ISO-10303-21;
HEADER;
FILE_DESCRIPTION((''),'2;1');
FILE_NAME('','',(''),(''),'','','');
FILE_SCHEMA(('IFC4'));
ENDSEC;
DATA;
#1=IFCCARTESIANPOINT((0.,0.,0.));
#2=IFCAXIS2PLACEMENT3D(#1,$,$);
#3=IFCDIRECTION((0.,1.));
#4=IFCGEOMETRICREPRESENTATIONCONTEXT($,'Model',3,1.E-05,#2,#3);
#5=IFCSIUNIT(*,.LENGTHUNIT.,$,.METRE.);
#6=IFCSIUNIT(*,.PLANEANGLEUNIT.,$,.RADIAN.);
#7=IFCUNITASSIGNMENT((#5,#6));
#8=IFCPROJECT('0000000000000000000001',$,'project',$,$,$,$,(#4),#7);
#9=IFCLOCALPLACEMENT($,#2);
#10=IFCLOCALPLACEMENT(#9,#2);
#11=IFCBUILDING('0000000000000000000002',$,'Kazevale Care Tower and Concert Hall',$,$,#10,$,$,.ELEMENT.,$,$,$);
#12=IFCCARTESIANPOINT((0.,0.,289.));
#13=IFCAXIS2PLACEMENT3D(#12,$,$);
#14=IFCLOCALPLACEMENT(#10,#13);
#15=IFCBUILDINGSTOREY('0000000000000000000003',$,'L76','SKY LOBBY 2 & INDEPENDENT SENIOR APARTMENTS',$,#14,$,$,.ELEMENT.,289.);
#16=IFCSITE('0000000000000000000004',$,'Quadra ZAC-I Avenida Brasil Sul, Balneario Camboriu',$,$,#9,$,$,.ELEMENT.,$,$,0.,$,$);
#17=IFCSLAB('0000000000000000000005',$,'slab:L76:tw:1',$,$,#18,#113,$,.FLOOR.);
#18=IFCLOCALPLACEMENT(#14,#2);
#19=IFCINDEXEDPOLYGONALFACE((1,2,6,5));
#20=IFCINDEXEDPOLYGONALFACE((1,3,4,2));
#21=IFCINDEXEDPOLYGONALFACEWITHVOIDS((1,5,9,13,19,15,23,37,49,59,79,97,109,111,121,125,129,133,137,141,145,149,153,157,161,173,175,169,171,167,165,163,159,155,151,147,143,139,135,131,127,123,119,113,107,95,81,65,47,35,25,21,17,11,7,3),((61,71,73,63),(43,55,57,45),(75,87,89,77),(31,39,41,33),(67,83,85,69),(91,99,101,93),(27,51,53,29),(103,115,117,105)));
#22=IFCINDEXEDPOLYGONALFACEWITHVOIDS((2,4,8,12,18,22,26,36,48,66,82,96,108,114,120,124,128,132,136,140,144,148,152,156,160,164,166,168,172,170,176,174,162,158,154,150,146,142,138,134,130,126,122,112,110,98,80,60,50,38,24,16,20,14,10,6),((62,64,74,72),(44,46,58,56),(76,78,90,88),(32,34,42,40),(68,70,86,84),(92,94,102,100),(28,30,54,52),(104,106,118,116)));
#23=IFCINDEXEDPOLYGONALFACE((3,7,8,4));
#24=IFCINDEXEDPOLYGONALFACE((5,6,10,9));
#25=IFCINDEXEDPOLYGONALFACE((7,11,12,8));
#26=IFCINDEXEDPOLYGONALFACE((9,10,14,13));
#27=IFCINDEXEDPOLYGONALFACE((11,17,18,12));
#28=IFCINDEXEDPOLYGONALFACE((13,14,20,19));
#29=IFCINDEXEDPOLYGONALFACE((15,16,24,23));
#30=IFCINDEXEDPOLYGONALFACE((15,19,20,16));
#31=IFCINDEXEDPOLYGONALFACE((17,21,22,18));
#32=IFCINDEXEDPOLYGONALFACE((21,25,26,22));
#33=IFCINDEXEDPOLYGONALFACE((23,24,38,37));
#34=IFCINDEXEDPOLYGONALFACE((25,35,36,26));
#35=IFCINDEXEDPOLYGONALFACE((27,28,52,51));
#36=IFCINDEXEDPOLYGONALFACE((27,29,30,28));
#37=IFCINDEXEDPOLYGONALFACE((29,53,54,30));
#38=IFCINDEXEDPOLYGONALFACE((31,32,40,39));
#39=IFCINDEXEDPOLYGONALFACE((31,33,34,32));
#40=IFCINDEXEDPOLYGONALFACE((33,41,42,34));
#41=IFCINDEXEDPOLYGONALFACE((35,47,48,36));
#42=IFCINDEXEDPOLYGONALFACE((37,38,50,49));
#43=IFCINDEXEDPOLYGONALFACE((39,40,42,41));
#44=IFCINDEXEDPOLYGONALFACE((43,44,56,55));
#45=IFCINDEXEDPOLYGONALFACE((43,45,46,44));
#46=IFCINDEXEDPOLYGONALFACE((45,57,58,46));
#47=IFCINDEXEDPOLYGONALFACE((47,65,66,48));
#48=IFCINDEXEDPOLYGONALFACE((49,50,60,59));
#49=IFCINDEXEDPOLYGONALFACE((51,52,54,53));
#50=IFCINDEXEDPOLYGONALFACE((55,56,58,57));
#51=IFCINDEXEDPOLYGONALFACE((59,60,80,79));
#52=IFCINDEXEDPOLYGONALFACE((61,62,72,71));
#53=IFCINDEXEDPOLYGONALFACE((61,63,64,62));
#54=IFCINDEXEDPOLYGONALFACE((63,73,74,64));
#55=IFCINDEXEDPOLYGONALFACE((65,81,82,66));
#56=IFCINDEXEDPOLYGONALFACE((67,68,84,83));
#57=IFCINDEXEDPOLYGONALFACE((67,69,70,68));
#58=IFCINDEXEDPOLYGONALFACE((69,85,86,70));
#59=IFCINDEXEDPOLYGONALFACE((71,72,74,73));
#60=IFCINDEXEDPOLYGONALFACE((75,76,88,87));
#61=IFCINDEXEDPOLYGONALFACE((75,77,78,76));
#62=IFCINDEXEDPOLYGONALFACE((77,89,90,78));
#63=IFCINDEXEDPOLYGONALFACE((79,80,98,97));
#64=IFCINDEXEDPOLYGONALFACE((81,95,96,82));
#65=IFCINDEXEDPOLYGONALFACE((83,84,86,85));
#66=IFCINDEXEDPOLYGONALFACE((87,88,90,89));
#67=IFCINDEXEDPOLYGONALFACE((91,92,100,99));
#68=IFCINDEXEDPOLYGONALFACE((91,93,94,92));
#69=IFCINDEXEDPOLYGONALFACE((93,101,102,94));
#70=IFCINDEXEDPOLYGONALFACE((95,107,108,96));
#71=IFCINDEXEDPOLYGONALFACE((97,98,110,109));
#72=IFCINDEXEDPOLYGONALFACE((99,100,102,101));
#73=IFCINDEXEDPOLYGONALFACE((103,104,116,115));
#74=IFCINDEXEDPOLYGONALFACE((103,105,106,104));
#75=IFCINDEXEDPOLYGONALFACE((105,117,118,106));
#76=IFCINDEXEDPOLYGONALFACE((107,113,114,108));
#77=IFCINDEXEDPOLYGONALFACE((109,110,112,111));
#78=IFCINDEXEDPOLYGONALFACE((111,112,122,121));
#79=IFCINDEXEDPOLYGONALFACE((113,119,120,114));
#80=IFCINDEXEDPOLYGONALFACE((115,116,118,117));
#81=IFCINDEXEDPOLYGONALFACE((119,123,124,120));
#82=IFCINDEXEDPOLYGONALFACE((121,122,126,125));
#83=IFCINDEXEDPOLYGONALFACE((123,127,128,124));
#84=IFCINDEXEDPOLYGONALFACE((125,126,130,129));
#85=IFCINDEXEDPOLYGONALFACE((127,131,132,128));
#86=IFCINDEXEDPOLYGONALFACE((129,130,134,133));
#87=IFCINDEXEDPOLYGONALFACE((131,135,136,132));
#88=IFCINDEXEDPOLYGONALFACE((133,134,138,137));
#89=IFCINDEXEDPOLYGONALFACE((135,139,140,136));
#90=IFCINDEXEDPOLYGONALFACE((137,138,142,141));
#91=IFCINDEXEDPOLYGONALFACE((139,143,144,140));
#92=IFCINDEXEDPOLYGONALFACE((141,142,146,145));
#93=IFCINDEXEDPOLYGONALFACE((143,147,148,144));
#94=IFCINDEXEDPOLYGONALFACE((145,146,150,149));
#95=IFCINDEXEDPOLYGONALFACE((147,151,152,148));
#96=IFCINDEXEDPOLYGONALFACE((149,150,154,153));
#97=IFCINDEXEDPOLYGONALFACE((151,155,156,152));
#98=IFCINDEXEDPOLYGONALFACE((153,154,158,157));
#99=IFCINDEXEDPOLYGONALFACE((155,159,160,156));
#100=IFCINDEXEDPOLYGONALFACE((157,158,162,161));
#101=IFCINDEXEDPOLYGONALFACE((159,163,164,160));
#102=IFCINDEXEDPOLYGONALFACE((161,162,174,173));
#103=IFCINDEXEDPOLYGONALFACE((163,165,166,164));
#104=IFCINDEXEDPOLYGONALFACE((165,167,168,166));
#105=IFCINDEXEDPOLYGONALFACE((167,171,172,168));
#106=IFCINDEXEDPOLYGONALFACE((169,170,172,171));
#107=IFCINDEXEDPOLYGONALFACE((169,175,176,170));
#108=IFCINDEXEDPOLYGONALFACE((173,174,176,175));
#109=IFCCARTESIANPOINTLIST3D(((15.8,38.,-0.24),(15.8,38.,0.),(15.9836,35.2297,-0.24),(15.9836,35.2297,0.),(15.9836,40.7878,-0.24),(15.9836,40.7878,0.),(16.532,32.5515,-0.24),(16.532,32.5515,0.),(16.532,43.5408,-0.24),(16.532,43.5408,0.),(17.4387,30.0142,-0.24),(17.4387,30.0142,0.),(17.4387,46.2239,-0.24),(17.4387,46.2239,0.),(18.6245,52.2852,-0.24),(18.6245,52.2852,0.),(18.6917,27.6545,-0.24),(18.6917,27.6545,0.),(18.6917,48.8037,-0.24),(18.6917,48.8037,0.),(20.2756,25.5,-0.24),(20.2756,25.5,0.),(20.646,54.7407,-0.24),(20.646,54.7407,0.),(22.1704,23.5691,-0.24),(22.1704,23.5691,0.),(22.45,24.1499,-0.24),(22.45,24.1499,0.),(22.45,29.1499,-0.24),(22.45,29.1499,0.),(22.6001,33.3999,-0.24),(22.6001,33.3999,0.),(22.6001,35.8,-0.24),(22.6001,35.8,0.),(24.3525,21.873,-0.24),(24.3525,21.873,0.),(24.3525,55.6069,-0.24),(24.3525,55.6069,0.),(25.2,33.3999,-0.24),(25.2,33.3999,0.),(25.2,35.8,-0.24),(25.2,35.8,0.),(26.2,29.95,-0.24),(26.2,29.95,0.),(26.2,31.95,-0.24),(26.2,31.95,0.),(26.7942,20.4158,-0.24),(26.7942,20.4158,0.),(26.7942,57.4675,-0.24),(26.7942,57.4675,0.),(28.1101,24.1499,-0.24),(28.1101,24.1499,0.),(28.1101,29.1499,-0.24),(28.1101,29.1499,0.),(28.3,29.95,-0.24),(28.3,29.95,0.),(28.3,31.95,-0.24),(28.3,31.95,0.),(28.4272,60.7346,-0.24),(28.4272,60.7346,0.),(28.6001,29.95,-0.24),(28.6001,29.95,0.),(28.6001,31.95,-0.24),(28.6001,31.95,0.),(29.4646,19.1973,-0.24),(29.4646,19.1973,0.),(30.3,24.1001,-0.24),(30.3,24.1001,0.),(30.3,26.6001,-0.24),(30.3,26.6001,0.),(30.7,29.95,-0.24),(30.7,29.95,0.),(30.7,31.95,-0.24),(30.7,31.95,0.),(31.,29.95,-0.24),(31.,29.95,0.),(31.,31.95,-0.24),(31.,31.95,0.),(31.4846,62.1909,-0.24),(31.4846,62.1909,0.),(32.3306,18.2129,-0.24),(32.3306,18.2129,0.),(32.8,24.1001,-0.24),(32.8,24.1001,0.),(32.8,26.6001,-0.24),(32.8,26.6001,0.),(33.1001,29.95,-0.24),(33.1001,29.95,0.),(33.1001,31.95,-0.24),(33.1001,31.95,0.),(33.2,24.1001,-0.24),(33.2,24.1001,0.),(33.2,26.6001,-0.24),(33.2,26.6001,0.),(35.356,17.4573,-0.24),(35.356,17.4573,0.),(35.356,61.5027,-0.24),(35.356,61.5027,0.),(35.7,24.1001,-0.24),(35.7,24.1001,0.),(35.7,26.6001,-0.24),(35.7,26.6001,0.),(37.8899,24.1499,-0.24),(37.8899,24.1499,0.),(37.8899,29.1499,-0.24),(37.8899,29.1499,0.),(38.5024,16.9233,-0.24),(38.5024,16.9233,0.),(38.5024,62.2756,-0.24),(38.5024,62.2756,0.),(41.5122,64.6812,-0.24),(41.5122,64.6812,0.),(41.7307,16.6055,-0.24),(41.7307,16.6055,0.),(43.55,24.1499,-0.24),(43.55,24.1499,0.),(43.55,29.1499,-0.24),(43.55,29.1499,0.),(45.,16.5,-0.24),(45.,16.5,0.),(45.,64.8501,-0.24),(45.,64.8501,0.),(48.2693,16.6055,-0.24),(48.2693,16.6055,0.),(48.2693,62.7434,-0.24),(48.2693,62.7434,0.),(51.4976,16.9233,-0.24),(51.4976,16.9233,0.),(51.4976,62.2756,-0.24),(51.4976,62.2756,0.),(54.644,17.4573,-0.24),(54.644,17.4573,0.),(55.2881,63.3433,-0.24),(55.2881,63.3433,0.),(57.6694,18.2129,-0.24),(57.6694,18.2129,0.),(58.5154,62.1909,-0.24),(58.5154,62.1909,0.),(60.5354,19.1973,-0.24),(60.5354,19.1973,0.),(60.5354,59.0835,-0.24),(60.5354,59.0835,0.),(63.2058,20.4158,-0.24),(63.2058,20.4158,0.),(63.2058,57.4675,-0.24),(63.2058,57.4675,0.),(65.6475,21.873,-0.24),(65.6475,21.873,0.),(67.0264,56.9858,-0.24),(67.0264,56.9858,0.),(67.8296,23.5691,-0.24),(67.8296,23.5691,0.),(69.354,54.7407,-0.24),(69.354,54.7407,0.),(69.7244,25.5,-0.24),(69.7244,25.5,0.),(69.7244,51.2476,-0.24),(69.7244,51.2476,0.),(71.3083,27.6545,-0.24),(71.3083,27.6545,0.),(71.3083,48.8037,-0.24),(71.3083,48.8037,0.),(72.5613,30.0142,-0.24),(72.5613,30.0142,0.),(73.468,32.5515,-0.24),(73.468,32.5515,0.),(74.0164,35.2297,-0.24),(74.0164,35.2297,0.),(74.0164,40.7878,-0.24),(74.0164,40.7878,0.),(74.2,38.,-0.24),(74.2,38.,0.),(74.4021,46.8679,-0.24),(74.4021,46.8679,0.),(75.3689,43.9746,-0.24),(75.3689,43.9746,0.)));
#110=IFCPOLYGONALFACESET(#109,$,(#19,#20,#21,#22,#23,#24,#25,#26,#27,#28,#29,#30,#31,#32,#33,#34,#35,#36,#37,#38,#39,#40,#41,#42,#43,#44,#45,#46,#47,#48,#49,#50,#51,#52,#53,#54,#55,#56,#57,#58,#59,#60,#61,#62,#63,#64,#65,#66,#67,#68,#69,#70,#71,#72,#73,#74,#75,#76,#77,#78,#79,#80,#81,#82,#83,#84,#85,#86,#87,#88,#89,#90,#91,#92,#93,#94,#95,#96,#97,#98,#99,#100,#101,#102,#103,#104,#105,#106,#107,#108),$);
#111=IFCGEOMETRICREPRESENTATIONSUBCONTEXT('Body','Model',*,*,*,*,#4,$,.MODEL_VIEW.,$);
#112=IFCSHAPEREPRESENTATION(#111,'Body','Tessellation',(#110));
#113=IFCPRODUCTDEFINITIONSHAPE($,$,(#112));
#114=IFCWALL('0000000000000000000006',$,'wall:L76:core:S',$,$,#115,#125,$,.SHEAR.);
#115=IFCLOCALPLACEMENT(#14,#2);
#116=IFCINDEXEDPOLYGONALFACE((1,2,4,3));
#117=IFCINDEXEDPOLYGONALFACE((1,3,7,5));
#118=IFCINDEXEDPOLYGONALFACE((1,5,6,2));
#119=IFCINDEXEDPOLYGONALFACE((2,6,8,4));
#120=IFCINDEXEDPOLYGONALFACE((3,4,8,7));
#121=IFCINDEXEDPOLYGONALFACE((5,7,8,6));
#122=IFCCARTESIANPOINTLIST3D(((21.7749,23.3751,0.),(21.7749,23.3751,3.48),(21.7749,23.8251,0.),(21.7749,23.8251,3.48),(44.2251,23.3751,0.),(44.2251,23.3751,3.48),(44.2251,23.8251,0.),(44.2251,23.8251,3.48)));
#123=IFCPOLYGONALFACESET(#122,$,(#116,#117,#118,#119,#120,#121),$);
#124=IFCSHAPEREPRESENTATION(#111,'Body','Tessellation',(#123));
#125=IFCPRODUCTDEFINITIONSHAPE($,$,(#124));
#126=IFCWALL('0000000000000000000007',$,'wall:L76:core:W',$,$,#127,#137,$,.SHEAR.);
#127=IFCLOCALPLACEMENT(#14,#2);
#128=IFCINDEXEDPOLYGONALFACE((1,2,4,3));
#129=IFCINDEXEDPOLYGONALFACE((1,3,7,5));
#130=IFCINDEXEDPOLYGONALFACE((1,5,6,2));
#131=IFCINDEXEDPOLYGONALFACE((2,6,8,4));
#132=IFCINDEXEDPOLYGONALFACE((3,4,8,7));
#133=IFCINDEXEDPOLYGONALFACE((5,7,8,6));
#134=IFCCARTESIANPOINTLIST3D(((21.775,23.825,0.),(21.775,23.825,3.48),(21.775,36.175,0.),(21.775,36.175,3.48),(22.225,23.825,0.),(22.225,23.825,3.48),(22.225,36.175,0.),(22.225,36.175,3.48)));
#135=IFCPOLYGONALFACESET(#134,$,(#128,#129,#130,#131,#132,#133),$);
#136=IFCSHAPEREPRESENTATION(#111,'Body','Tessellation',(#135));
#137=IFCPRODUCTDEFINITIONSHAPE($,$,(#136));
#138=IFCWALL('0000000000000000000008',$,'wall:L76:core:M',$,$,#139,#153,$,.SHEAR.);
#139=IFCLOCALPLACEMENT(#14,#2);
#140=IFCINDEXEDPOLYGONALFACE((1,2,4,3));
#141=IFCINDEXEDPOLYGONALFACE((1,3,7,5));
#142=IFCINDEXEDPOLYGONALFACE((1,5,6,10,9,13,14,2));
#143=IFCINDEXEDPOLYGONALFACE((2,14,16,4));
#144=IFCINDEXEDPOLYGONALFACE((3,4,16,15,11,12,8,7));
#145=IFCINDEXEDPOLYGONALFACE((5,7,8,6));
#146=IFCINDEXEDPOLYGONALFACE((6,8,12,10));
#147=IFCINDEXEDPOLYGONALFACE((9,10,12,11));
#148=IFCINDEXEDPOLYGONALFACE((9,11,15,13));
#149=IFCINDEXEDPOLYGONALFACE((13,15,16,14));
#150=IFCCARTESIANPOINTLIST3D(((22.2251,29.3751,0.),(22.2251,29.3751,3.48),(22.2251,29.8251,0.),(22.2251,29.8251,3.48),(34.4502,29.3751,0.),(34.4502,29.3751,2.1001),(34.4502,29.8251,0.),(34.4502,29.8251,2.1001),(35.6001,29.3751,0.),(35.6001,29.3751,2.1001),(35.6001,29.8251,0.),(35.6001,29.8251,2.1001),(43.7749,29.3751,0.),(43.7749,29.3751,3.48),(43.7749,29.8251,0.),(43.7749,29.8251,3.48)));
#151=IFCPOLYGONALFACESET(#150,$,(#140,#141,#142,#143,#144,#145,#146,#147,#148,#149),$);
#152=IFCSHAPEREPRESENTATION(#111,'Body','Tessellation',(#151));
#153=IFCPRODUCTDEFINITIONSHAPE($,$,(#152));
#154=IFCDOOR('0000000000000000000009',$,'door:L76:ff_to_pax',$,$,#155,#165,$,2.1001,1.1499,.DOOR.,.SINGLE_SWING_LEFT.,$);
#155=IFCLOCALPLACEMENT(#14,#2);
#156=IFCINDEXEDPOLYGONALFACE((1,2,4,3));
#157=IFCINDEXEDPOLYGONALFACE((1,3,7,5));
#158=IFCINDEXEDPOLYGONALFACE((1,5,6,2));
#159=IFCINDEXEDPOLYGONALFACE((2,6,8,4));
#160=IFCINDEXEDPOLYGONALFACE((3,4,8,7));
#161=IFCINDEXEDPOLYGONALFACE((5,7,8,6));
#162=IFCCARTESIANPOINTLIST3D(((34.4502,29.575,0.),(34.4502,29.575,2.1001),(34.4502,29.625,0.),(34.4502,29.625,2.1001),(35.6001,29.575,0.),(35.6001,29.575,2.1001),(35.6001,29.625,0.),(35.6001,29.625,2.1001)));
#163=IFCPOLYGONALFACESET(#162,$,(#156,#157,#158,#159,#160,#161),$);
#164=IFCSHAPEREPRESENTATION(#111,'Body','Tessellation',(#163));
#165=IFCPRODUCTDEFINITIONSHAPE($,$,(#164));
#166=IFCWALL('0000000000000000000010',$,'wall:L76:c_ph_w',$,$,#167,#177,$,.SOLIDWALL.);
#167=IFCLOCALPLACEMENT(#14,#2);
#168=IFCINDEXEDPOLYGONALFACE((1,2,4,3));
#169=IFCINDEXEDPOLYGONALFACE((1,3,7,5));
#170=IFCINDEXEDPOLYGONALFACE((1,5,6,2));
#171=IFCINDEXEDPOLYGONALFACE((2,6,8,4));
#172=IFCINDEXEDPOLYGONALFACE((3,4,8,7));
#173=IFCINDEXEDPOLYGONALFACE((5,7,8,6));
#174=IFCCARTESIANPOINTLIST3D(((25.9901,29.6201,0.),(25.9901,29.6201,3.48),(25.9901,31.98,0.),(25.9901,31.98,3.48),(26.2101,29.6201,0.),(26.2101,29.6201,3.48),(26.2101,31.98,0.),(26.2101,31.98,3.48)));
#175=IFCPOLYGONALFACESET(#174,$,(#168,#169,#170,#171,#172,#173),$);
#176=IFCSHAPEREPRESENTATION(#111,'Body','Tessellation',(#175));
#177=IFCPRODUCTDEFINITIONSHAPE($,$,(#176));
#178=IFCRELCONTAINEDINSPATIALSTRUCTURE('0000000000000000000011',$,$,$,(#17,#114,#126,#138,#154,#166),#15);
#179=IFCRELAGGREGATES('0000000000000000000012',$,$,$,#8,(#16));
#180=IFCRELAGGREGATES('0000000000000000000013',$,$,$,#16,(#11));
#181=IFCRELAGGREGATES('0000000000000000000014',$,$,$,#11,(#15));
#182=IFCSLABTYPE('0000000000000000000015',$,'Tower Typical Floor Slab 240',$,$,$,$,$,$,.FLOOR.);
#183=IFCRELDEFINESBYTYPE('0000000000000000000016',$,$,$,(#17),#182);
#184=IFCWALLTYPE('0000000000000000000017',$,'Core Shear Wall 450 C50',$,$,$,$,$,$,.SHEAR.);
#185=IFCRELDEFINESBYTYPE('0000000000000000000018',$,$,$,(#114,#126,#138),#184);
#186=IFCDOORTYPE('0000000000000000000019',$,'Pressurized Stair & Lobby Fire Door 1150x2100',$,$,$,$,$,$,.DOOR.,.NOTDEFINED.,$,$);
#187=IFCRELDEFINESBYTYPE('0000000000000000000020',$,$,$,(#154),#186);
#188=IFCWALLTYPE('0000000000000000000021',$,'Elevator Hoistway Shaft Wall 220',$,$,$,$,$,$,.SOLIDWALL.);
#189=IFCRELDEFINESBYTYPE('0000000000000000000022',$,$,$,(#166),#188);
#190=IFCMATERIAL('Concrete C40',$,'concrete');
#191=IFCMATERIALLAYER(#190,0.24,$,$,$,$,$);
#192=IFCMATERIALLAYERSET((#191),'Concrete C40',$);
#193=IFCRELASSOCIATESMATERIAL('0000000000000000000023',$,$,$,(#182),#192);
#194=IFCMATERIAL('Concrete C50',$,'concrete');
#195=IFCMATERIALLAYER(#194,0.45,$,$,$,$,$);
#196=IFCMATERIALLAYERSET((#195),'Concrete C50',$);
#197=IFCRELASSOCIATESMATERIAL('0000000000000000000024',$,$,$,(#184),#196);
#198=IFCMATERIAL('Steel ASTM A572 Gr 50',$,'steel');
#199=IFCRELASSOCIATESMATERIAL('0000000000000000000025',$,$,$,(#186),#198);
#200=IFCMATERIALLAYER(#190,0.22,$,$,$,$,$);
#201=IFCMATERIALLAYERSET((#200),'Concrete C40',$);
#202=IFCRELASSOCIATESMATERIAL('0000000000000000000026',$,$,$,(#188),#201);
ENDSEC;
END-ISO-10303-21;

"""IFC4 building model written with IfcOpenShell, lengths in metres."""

from ifc_helpers import new_model, si_unit, direction, frame, frame_2d, origin, place, context, subcontext, project, spatial, polyline, rectangle, outline, extrude, material, layer, layer_set, type_object, element, fill, save


model = new_model("IFC4")

# Units and contexts
model_context = context("Model", 3, precision=1e-05, world=origin(), true_north=direction((0.0, 1.0)))
body_context = subcontext(model_context, "Body", "Model", "MODEL_VIEW")
ifc_project = project(units=[si_unit("LENGTHUNIT", "METRE"), si_unit("PLANEANGLEUNIT", "RADIAN")], contexts=[model_context])

# Site, building, storey
site_placement = place(None, origin())
site = spatial("IfcSite", under=ifc_project, at=site_placement, Name="Quadra ZAC-I Avenida Brasil Sul, Balneario Camboriu", CompositionType="ELEMENT", RefElevation=0.0)
building_placement = place(site_placement, origin())
building = spatial("IfcBuilding", under=site, at=building_placement, Name="Kazevale Care Tower and Concert Hall", CompositionType="ELEMENT")
storey_placement = place(building_placement, frame((0.0, 0.0, 289.0)))
storey = spatial("IfcBuildingStorey", under=building, at=storey_placement, Name="L76", Description="SKY LOBBY 2 & INDEPENDENT SENIOR APARTMENTS", CompositionType="ELEMENT", Elevation=289.0)

# Shared definitions
ifc_material_1 = material(Name="Concrete C50", Category="concrete")

# Shared definitions
ifc_material_2 = material(Name="Steel ASTM A572 Gr 50", Category="steel")

# Shared definitions
ifc_material_3 = material(Name="Concrete C40", Category="concrete")

# Slab
ifc_layer_1 = layer(ifc_material_3, 0.24)
ifc_layer_set_1 = layer_set([ifc_layer_1], Name="Concrete C40")
slab_type_1 = type_object("IfcSlabType", Name="Tower Typical Floor Slab 240", PredefinedType="FLOOR", material=ifc_layer_set_1)
slab_1_placement = place(storey_placement, frame((0.0, 0.0, -0.24)))
element("IfcSlab", 1, at=slab_1_placement, inside=storey, type_object=slab_type_1, Name="slab:L76:tw:1", PredefinedType="FLOOR", context=body_context, shape_type="SweptSolid", body=[
    extrude(outline(polyline([(74.2, 38.0), (74.0164, 40.7878), (75.3689, 43.9746), (74.4021, 46.8679), (71.3083, 48.8037), (69.7244, 51.2476), (69.354, 54.7407), (67.0264, 56.9858), (63.2058, 57.4675), (60.5354, 59.0835), (58.5154, 62.1909), (55.2881, 63.3433), (51.4976, 62.2756), (48.2693, 62.7434), (45.0, 64.8501), (41.5122, 64.6812), (38.5024, 62.2756), (35.356, 61.5027), (31.4846, 62.1909), (28.4272, 60.7346), (26.7942, 57.4675), (24.3525, 55.6069), (20.646, 54.7407), (18.6245, 52.2852), (18.6917, 48.8037), (17.4387, 46.2239), (16.532, 43.5408), (15.9836, 40.7878), (15.8, 38.0), (15.9836, 35.2297), (16.532, 32.5515), (17.4387, 30.0142), (18.6917, 27.6545), (20.2756, 25.5), (22.1704, 23.5691), (24.3525, 21.873), (26.7942, 20.4158), (29.4646, 19.1973), (32.3306, 18.2129), (35.356, 17.4573), (38.5024, 16.9233), (41.7307, 16.6055), (45.0, 16.5), (48.2693, 16.6055), (51.4976, 16.9233), (54.644, 17.4573), (57.6694, 18.2129), (60.5354, 19.1973), (63.2058, 20.4158), (65.6475, 21.873), (67.8296, 23.5691), (69.7244, 25.5), (71.3083, 27.6545), (72.5613, 30.0142), (73.468, 32.5515), (74.0164, 35.2297), (74.2, 38.0)]), holes=[polyline([(22.45, 24.1499), (28.1101, 24.1499), (28.1101, 29.1499), (22.45, 29.1499), (22.45, 24.1499)]), polyline([(37.8899, 24.1499), (43.55, 24.1499), (43.55, 29.1499), (37.8899, 29.1499), (37.8899, 24.1499)]), polyline([(30.3, 24.1001), (32.8, 24.1001), (32.8, 26.6001), (30.3, 26.6001), (30.3, 24.1001)]), polyline([(33.2, 24.1001), (35.7, 24.1001), (35.7, 26.6001), (33.2, 26.6001), (33.2, 24.1001)]), polyline([(22.6001, 33.3999), (25.2, 33.3999), (25.2, 35.8), (22.6001, 35.8), (22.6001, 33.3999)]), polyline([(26.2, 29.95), (28.3, 29.95), (28.3, 31.95), (26.2, 31.95), (26.2, 29.95)]), polyline([(28.6001, 29.95), (30.7, 29.95), (30.7, 31.95), (28.6001, 31.95), (28.6001, 29.95)]), polyline([(31.0, 29.95), (33.1001, 29.95), (33.1001, 31.95), (31.0, 31.95), (31.0, 29.95)])]), origin(), (0.0, 0.0, 1.0), 0.24),
])

# Walls
ifc_layer_2 = layer(ifc_material_1, 0.45)
ifc_layer_set_2 = layer_set([ifc_layer_2], Name="Concrete C50")
wall_type_1 = type_object("IfcWallType", Name="Core Shear Wall 450 C50", PredefinedType="SHEAR", material=ifc_layer_set_2)
wall_1_placement = place(storey_placement, frame((21.7749, 23.6001, 0.0), z_axis=(0.0, 0.0, 1.0), x_axis=(1.0, 0.0, 0.0)))
element("IfcWall", 2, at=wall_1_placement, inside=storey, type_object=wall_type_1, Name="wall:L76:core:S", PredefinedType="SHEAR", context=body_context, shape_type="SweptSolid", body=[
    extrude(rectangle(XDim=22.4502, YDim=0.45, at=frame_2d((11.2251, 0.0))), origin(), (0.0, 0.0, 1.0), 3.48),
])
wall_2_placement = place(storey_placement, frame((22.0, 23.825, 0.0), z_axis=(0.0, 0.0, 1.0), x_axis=(0.0, 1.0, 0.0)))
element("IfcWall", 3, at=wall_2_placement, inside=storey, type_object=wall_type_1, Name="wall:L76:core:W", PredefinedType="SHEAR", context=body_context, shape_type="SweptSolid", body=[
    extrude(rectangle(XDim=12.3501, YDim=0.45, at=frame_2d((6.175, 0.0))), origin(), (0.0, 0.0, 1.0), 3.48),
])

# Wall, opening, door
wall_3_placement = place(storey_placement, frame((22.2251, 29.6001, 0.0), z_axis=(0.0, 0.0, 1.0), x_axis=(1.0, 0.0, 0.0)))
wall_3 = element("IfcWall", 4, at=wall_3_placement, inside=storey, type_object=wall_type_1, Name="wall:L76:core:M", PredefinedType="SHEAR", context=body_context, shape_type="SweptSolid", body=[
    extrude(rectangle(XDim=21.5498, YDim=0.45, at=frame_2d((10.7749, 0.0))), origin(), (0.0, 0.0, 1.0), 3.48),
])
opening_1_placement = place(wall_3_placement, frame((12.2251, 0.0, 0.0)))
opening_1 = element("IfcOpeningElement", 5, at=opening_1_placement, cuts=wall_3, PredefinedType="OPENING", context=body_context, shape_type="SweptSolid", body=[
    extrude(rectangle(XDim=1.1499, YDim=2.1001, at=frame_2d((0.575, 1.05))), frame((0.0, 0.2349, 0.0), z_axis=(0.0, -1.0, 0.0), x_axis=(1.0, 0.0, 0.0)), (0.0, 0.0, 1.0), 0.47),
])
door_type_1 = type_object("IfcDoorType", Name="Pressurized Stair & Lobby Fire Door 1150x2100", OperationType="NOTDEFINED", PredefinedType="DOOR", material=ifc_material_2)
door_1_placement = place(opening_1_placement, origin())
door_1 = element("IfcDoor", 6, at=door_1_placement, inside=storey, type_object=door_type_1, Name="door:L76:ff_to_pax", OperationType="SINGLE_SWING_LEFT", OverallHeight=2.1001, OverallWidth=1.1499, PredefinedType="DOOR", context=body_context, shape_type="SweptSolid", body=[
    extrude(rectangle(XDim=1.1499, YDim=2.1001, at=frame_2d((0.575, 1.05))), frame((0.0, 0.0249, 0.0), z_axis=(0.0, -1.0, 0.0), x_axis=(1.0, 0.0, 0.0)), (0.0, 0.0, 1.0), 0.05),
])
fill(opening_1, door_1)

# Wall
ifc_layer_3 = layer(ifc_material_3, 0.22)
ifc_layer_set_3 = layer_set([ifc_layer_3], Name="Concrete C40")
wall_type_2 = type_object("IfcWallType", Name="Elevator Hoistway Shaft Wall 220", PredefinedType="SOLIDWALL", material=ifc_layer_set_3)
wall_4_placement = place(storey_placement, frame((26.1001, 29.6201, 0.0), z_axis=(0.0, 0.0, 1.0), x_axis=(0.0, 1.0, 0.0)))
element("IfcWall", 7, at=wall_4_placement, inside=storey, type_object=wall_type_2, Name="wall:L76:c_ph_w", PredefinedType="SOLIDWALL", context=body_context, shape_type="SweptSolid", body=[
    extrude(rectangle(XDim=2.3599, YDim=0.22, at=frame_2d((1.1799, 0.0))), origin(), (0.0, 0.0, 1.0), 3.48),
])

save(model, "model.ifc")
